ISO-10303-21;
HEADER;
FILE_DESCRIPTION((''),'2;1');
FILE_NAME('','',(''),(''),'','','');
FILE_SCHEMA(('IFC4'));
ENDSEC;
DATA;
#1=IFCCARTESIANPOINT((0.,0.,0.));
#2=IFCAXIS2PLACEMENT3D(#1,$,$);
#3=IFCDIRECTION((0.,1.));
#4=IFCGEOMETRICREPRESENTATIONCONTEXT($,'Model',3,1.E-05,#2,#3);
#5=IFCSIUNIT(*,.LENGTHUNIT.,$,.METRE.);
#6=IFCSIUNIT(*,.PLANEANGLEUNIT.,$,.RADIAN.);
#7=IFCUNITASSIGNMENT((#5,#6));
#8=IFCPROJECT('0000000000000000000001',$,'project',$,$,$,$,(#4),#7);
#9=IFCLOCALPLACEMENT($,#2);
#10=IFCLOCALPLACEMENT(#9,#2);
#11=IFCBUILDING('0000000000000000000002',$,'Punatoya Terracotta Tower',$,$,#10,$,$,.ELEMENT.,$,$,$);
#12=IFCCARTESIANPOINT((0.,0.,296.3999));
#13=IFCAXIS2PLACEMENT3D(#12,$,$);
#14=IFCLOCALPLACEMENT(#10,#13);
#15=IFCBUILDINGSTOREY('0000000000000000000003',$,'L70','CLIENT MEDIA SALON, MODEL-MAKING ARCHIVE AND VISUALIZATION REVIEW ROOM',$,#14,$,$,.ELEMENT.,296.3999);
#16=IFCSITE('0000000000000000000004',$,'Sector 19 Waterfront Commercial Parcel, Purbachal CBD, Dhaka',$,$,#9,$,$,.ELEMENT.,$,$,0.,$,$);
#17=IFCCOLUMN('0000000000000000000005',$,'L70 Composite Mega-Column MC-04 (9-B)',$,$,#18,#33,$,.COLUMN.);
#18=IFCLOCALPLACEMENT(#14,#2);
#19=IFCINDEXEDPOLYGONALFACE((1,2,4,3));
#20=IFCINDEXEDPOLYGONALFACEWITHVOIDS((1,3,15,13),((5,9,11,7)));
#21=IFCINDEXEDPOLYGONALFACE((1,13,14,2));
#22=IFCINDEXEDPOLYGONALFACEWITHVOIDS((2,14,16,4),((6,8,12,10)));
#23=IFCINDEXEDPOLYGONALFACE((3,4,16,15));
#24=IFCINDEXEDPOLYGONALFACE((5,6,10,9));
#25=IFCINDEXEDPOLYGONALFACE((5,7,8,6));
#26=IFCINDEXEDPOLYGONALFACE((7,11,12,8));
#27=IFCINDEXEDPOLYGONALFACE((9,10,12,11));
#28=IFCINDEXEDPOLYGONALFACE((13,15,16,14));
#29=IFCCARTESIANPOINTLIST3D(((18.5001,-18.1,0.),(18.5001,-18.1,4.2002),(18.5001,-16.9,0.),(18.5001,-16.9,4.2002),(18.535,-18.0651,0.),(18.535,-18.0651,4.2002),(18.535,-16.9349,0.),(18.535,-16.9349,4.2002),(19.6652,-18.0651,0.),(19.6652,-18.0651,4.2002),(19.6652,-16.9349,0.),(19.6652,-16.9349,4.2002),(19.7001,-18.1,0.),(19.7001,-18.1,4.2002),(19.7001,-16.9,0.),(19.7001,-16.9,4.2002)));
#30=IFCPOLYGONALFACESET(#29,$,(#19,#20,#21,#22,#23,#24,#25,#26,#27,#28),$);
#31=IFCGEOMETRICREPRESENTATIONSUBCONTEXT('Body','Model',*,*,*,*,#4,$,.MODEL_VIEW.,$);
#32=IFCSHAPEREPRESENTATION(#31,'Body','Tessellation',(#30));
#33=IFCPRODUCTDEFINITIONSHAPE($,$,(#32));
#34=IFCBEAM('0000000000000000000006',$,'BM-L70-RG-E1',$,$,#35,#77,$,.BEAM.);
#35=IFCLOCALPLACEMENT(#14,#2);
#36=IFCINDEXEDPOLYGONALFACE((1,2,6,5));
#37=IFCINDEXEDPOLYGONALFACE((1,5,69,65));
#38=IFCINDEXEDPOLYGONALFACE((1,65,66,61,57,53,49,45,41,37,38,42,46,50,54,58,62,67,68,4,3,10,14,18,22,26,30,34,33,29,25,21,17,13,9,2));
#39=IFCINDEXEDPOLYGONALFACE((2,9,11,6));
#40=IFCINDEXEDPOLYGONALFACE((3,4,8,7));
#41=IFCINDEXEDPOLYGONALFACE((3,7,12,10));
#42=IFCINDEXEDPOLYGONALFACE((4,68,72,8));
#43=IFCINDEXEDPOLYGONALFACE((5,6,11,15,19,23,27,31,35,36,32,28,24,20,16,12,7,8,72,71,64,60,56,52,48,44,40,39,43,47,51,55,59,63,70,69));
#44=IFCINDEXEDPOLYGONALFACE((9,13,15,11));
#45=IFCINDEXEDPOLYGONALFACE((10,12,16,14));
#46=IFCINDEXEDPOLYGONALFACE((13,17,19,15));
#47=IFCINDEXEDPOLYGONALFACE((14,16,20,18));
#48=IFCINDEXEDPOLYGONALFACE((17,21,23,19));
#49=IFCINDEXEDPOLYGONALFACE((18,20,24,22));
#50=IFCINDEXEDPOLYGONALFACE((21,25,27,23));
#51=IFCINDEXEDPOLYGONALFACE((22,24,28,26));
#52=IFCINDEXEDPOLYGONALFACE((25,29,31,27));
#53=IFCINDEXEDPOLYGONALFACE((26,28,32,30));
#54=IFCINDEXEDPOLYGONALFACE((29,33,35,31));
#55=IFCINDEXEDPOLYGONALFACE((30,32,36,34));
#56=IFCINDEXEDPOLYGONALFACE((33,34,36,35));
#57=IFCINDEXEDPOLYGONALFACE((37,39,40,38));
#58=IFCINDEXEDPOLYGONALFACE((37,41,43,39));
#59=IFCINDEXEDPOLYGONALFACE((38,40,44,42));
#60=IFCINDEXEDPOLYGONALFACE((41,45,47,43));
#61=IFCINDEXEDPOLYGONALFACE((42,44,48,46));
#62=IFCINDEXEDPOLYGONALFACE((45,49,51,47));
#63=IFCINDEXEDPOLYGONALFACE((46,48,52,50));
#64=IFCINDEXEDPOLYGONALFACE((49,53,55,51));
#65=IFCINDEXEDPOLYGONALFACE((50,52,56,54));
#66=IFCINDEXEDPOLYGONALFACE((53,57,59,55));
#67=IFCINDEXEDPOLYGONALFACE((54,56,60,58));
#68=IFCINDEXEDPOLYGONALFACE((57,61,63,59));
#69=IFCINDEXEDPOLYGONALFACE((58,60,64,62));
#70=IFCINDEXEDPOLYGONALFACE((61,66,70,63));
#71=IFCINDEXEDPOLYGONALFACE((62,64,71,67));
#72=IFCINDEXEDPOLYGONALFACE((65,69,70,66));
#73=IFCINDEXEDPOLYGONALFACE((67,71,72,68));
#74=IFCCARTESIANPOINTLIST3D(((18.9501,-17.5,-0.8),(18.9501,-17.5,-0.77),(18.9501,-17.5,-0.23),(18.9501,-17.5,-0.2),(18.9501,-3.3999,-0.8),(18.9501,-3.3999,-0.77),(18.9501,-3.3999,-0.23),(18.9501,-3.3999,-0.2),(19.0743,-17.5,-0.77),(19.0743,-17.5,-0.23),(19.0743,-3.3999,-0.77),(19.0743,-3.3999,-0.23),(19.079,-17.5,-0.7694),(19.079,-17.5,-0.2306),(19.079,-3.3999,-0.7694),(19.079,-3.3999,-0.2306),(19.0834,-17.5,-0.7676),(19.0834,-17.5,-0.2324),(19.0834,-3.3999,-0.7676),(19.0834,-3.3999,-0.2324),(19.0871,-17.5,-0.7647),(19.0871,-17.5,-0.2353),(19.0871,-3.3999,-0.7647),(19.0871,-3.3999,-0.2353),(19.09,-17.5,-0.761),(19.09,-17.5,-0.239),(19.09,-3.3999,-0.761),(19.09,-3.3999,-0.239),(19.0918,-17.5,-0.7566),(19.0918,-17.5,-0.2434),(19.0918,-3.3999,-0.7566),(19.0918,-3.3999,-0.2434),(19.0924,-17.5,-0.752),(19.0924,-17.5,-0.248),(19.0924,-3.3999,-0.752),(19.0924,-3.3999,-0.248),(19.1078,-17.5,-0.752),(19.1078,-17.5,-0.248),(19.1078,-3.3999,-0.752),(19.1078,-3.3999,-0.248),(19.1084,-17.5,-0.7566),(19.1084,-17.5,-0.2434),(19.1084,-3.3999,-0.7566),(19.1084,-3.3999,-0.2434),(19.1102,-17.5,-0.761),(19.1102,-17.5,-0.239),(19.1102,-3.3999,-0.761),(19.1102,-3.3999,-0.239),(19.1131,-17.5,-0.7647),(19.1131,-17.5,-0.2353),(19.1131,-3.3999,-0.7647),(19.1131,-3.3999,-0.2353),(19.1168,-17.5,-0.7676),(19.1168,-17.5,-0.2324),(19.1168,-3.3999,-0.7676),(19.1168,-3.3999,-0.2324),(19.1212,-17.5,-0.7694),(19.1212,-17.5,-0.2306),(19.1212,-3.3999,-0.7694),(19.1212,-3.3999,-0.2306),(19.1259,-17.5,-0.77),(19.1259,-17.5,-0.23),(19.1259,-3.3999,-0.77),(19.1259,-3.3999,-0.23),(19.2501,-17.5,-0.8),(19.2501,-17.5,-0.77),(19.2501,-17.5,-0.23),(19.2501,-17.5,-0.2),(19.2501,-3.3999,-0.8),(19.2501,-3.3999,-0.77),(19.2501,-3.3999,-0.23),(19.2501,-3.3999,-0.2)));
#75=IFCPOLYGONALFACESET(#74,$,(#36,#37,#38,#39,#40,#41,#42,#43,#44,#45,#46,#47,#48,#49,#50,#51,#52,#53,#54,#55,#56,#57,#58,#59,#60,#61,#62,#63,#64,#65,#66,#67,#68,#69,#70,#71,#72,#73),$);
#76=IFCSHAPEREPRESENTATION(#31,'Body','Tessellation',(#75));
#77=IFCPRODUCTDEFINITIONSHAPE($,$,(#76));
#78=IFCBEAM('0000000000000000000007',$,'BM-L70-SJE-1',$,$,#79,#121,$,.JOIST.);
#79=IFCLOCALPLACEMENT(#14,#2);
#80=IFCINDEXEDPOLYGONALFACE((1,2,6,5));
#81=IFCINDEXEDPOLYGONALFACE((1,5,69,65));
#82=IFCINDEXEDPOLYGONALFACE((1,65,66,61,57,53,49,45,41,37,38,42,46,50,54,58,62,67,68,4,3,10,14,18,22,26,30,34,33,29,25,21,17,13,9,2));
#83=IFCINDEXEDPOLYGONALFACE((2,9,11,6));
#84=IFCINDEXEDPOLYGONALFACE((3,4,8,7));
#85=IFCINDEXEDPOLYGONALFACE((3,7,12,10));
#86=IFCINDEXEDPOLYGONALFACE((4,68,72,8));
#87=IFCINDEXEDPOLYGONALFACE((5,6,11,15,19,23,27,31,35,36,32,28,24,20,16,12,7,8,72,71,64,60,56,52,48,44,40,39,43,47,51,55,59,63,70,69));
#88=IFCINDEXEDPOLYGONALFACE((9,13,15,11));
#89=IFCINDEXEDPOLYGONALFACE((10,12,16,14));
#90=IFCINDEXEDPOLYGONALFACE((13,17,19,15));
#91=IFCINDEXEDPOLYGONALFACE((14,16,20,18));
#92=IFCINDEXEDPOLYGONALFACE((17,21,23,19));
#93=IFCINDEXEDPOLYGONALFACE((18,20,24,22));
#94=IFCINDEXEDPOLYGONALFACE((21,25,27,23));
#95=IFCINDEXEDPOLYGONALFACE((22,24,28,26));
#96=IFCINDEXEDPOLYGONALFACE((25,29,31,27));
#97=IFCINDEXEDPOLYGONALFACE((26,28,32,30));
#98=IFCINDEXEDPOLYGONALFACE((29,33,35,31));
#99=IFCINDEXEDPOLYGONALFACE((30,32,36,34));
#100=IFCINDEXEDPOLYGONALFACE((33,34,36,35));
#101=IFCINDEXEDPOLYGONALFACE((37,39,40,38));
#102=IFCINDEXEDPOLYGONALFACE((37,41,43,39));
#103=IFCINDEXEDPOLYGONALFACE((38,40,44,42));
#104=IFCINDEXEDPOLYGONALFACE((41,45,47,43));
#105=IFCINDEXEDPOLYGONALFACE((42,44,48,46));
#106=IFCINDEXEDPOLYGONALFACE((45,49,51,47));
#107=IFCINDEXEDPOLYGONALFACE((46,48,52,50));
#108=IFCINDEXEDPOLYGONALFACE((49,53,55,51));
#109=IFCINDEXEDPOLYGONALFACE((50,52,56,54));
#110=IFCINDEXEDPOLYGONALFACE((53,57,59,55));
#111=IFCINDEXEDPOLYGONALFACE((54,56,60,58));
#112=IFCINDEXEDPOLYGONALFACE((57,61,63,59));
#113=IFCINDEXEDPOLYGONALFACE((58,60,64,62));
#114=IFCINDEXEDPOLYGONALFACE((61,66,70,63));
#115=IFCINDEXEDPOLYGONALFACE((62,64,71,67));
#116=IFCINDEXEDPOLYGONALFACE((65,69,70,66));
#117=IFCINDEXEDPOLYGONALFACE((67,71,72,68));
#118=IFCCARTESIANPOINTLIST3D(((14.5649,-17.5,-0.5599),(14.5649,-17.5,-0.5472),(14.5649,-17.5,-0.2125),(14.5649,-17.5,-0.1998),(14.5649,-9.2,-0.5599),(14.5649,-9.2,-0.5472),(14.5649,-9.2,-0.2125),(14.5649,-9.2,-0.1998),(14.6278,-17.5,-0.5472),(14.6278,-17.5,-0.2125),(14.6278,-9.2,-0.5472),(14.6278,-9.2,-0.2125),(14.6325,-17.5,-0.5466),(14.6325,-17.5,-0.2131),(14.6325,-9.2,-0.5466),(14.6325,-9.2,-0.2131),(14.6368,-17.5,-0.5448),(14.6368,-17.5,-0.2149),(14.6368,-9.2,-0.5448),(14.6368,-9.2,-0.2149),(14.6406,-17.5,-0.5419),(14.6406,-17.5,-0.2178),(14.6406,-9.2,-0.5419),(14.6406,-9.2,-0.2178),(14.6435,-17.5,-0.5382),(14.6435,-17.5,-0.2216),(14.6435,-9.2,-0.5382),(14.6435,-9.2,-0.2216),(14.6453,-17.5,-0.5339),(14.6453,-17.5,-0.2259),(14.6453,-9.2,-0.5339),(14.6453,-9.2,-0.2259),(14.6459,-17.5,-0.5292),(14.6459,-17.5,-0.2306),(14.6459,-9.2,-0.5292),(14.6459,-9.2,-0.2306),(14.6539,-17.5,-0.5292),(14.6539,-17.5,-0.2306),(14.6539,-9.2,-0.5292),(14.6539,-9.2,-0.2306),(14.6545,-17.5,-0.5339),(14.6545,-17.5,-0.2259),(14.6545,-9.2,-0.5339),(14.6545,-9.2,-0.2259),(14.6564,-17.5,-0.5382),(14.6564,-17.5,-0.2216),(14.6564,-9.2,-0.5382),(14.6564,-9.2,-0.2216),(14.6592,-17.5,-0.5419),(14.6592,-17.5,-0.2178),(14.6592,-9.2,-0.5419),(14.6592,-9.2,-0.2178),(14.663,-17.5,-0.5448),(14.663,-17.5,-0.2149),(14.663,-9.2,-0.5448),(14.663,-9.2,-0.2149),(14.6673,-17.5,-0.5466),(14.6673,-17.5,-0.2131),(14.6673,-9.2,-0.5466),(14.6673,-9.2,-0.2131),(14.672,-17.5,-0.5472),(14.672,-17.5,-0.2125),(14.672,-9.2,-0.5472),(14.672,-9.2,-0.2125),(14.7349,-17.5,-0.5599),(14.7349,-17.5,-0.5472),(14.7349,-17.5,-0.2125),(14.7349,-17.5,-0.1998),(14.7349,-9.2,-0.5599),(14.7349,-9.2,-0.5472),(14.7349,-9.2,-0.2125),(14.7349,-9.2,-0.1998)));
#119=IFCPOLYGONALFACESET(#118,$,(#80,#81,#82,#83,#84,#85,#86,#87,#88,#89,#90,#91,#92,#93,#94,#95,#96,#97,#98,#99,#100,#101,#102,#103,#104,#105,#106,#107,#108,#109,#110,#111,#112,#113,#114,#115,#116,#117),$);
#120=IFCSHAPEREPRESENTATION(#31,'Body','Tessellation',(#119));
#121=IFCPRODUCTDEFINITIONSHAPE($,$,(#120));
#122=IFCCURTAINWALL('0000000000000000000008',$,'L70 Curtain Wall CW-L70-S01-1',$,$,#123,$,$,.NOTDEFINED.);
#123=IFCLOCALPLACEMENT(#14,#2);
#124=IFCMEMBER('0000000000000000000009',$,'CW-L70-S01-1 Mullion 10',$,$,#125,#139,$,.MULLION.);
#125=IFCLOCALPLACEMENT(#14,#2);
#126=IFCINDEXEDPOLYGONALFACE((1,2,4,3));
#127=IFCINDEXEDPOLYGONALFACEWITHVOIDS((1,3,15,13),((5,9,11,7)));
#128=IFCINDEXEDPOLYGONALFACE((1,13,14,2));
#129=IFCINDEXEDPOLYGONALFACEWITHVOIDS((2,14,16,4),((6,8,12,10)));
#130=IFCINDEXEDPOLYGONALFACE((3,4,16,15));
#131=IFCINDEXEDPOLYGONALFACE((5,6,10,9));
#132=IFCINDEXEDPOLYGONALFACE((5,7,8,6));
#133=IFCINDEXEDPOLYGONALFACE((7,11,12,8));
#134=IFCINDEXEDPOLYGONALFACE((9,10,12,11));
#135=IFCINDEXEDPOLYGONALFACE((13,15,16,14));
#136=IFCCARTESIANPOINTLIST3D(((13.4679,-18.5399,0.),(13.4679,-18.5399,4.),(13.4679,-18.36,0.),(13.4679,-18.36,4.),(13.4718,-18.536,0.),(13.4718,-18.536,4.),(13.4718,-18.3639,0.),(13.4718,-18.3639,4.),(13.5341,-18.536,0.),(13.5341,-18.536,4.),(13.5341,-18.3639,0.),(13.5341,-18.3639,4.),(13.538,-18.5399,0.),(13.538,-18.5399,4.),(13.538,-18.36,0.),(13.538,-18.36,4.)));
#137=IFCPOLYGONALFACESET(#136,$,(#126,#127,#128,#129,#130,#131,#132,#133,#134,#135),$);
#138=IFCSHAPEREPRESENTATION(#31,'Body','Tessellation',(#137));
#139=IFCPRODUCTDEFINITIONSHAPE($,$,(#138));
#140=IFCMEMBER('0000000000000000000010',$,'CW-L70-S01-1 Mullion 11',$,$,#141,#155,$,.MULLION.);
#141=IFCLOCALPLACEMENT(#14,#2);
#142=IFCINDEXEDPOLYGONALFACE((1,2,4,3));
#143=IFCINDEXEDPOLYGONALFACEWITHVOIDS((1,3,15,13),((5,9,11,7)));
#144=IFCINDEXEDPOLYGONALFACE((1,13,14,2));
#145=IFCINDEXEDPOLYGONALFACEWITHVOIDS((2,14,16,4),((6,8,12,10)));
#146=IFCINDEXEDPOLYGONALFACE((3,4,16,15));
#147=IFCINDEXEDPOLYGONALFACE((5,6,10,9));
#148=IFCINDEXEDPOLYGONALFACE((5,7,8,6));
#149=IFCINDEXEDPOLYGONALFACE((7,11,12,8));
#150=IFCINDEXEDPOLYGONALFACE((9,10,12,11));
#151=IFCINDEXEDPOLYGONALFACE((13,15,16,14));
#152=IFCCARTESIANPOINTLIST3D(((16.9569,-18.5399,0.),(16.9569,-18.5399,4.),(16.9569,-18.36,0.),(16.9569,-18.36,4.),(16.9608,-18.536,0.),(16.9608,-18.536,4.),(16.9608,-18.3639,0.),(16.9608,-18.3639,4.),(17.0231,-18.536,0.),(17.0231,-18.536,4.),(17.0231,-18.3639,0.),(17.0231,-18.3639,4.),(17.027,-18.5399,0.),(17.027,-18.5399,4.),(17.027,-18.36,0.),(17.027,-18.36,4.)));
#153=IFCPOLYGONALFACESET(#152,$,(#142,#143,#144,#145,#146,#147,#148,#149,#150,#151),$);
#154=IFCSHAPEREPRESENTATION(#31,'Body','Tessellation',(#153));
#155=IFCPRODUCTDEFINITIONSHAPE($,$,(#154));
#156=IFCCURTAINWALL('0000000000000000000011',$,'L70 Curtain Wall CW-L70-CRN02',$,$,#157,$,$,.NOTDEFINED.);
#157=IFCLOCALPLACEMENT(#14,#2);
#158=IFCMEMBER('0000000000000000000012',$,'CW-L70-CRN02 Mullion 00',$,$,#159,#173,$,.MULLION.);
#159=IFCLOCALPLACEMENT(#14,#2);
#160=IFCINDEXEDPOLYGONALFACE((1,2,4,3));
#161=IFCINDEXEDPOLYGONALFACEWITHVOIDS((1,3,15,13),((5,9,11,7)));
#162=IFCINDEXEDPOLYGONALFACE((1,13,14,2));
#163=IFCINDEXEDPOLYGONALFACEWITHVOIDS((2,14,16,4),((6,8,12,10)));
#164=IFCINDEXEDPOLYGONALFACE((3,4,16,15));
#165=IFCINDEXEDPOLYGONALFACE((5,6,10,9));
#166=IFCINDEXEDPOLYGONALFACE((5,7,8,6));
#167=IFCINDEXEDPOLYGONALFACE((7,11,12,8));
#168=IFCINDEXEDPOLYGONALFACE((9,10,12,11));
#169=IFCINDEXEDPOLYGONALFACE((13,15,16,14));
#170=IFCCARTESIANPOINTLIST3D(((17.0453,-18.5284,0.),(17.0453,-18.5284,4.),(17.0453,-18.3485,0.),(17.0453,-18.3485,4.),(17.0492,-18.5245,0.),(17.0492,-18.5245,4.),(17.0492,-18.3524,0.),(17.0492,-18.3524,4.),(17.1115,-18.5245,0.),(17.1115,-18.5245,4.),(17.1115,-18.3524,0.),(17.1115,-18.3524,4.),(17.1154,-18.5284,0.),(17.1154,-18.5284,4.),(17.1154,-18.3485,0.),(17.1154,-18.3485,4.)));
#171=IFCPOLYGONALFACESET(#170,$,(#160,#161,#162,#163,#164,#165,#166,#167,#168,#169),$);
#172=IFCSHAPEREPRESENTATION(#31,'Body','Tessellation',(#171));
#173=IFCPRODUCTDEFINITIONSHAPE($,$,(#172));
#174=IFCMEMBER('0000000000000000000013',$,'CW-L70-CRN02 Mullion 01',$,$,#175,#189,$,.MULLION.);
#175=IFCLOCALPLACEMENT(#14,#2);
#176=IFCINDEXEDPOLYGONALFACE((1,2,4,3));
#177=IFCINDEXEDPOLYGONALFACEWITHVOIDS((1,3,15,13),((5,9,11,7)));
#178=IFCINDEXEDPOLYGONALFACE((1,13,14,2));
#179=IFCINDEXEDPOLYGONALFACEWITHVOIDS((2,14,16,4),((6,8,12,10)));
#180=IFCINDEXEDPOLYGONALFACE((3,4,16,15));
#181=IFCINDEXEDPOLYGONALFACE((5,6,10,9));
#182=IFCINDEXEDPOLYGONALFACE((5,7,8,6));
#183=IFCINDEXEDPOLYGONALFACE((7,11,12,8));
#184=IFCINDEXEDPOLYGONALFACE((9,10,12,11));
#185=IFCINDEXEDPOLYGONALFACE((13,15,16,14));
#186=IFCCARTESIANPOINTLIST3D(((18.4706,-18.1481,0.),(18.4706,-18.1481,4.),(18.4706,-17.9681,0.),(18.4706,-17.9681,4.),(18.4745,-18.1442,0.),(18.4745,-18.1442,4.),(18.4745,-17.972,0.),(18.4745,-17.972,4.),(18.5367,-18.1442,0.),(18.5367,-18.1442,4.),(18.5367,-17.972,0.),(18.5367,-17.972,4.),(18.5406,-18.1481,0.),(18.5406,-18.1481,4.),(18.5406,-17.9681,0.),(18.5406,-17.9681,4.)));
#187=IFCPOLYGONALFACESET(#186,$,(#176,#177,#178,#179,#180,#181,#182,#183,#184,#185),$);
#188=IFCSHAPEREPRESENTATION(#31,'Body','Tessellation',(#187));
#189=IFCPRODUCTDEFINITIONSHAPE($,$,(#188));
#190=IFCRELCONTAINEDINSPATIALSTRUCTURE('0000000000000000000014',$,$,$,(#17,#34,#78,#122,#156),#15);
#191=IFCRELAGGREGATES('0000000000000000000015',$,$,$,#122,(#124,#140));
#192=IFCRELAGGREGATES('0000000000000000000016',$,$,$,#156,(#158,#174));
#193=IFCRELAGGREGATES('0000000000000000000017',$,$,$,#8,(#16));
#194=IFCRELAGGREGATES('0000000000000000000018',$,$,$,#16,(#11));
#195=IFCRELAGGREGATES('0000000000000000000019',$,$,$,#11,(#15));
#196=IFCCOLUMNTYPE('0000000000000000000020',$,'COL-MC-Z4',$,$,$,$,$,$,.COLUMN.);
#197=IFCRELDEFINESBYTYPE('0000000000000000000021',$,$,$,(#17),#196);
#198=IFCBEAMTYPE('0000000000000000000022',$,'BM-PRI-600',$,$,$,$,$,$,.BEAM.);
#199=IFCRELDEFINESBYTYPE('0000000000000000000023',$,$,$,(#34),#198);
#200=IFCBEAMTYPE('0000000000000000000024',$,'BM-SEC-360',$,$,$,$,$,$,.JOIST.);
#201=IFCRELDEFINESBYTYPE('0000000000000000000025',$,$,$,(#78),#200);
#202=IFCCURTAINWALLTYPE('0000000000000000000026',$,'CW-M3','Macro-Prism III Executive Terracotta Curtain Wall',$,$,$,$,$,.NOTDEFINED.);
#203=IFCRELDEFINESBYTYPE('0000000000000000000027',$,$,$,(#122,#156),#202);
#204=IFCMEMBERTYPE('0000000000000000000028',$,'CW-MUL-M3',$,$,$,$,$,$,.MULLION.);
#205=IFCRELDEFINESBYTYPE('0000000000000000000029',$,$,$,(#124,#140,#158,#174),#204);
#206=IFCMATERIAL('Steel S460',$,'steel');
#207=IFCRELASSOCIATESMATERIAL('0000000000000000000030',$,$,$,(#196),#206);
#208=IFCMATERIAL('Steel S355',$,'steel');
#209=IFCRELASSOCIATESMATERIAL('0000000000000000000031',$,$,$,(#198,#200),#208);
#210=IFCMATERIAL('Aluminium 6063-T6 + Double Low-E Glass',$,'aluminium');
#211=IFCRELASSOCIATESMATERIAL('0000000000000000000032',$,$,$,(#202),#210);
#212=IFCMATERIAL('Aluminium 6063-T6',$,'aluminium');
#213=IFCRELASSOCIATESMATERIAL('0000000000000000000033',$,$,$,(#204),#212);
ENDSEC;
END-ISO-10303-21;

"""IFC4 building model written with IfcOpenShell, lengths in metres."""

from ifc_helpers import new_model, si_unit, direction, frame, origin, origin_2d, place, context, subcontext, project, spatial, hollow_rectangle, i_section, extrude, material, material_profile, profile_set, type_object, element, aggregate, save


model = new_model("IFC4")

# Units and contexts
model_context = context("Model", 3, precision=1e-05, world=origin(), true_north=direction((0.0, 1.0)))
body_context = subcontext(model_context, "Body", "Model", "MODEL_VIEW")
ifc_project = project(units=[si_unit("LENGTHUNIT", "METRE"), si_unit("PLANEANGLEUNIT", "RADIAN")], contexts=[model_context])

# Site, building, storey
site_placement = place(None, origin())
site = spatial("IfcSite", under=ifc_project, at=site_placement, Name="Sector 19 Waterfront Commercial Parcel, Purbachal CBD, Dhaka", CompositionType="ELEMENT", RefElevation=0.0)
building_placement = place(site_placement, origin())
building = spatial("IfcBuilding", under=site, at=building_placement, Name="Punatoya Terracotta Tower", CompositionType="ELEMENT")
storey_placement = place(building_placement, frame((0.0, 0.0, 296.3999)))
storey = spatial("IfcBuildingStorey", under=building, at=storey_placement, Name="L70", Description="CLIENT MEDIA SALON, MODEL-MAKING ARCHIVE AND VISUALIZATION REVIEW ROOM", CompositionType="ELEMENT", Elevation=296.3999)

# Column
ifc_material_1 = material(Name="Steel S460", Category="steel")
ifc_material_profile_1 = material_profile(ifc_material_1, hollow_rectangle(XDim=1.2, YDim=1.2, WallThickness=0.0349, at=origin_2d()))
ifc_profile_set_1 = profile_set([ifc_material_profile_1], Name="Steel S460")
column_type = type_object("IfcColumnType", Name="COL-MC-Z4", PredefinedType="COLUMN", material=ifc_profile_set_1)
column_placement = place(storey_placement, frame((19.1001, -17.5, 0.0), z_axis=(0.0, 0.0, 1.0), x_axis=(1.0, 0.0, 0.0)))
element("IfcColumn", 1, at=column_placement, inside=storey, type_object=column_type, Name="L70 Composite Mega-Column MC-04 (9-B)", PredefinedType="COLUMN", context=body_context, shape_type="SweptSolid", body=[
    extrude(hollow_rectangle(XDim=1.2, YDim=1.2, WallThickness=0.0349, at=origin_2d()), origin(), (0.0, 0.0, 1.0), 4.2002),
])

# Beams
ifc_material_2 = material(Name="Steel S355", Category="steel")
ifc_material_profile_2 = material_profile(ifc_material_2, i_section(OverallWidth=0.3, OverallDepth=0.6001, WebThickness=0.0154, FlangeThickness=0.03, FilletRadius=0.0181, at=origin_2d()))
ifc_profile_set_2 = profile_set([ifc_material_profile_2], Name="Steel S355")
beam_type_1 = type_object("IfcBeamType", Name="BM-PRI-600", PredefinedType="BEAM", material=ifc_profile_set_2)
beam_1_placement = place(storey_placement, frame((19.1001, -17.5, -0.5), z_axis=(0.0, 1.0, 0.0), x_axis=(-1.0, 0.0, 0.0)))
element("IfcBeam", 2, at=beam_1_placement, inside=storey, type_object=beam_type_1, Name="BM-L70-RG-E1", PredefinedType="BEAM", context=body_context, shape_type="SweptSolid", body=[
    extrude(i_section(OverallWidth=0.3, OverallDepth=0.6001, WebThickness=0.0154, FlangeThickness=0.03, FilletRadius=0.0181, at=origin_2d()), origin(), (0.0, 0.0, 1.0), 14.1001),
])
ifc_material_profile_3 = material_profile(ifc_material_2, i_section(OverallWidth=0.1699, OverallDepth=0.3601, WebThickness=0.0081, FlangeThickness=0.0127, FilletRadius=0.0181, at=origin_2d()))
ifc_profile_set_3 = profile_set([ifc_material_profile_3], Name="Steel S355")
beam_type_2 = type_object("IfcBeamType", Name="BM-SEC-360", PredefinedType="JOIST", material=ifc_profile_set_3)
beam_2_placement = place(storey_placement, frame((14.6499, -17.5, -0.3799), z_axis=(0.0, 1.0, 0.0), x_axis=(-1.0, 0.0, 0.0)))
element("IfcBeam", 3, at=beam_2_placement, inside=storey, type_object=beam_type_2, Name="BM-L70-SJE-1", PredefinedType="JOIST", context=body_context, shape_type="SweptSolid", body=[
    extrude(i_section(OverallWidth=0.1699, OverallDepth=0.3601, WebThickness=0.0081, FlangeThickness=0.0127, FilletRadius=0.0181, at=origin_2d()), origin(), (0.0, 0.0, 1.0), 8.3),
])

# Curtain walls, members
ifc_material_3 = material(Name="Aluminium 6063-T6 + Double Low-E Glass", Category="aluminium")
curtain_wall_type = type_object("IfcCurtainWallType", Name="CW-M3", Description="Macro-Prism III Executive Terracotta Curtain Wall", PredefinedType="NOTDEFINED", material=ifc_material_3)
curtain_wall_1_placement = place(storey_placement, origin())
curtain_wall_1 = element("IfcCurtainWall", 4, at=curtain_wall_1_placement, inside=storey, type_object=curtain_wall_type, Name="L70 Curtain Wall CW-L70-S01-1", PredefinedType="NOTDEFINED")
ifc_material_4 = material(Name="Aluminium 6063-T6", Category="aluminium")
ifc_material_profile_4 = material_profile(ifc_material_4, hollow_rectangle(XDim=0.0701, YDim=0.1799, WallThickness=0.0039, at=origin_2d()))
ifc_profile_set_4 = profile_set([ifc_material_profile_4], Name="Aluminium 6063-T6")
member_type_1 = type_object("IfcMemberType", Name="CW-MUL-M3", PredefinedType="MULLION", material=ifc_profile_set_4)
member_1_placement = place(storey_placement, frame((13.5029, -18.45, 0.0), z_axis=(0.0, 0.0, 1.0), x_axis=(1.0, 0.0, 0.0)))
member_1 = element("IfcMember", 5, at=member_1_placement, type_object=member_type_1, Name="CW-L70-S01-1 Mullion 10", PredefinedType="MULLION", context=body_context, shape_type="SweptSolid", body=[
    extrude(hollow_rectangle(XDim=0.0701, YDim=0.1799, WallThickness=0.0039, at=origin_2d()), origin(), (0.0, 0.0, 1.0), 4.0),
])
member_2_placement = place(storey_placement, frame((16.9919, -18.45, 0.0), z_axis=(0.0, 0.0, 1.0), x_axis=(1.0, 0.0, 0.0)))
member_2 = element("IfcMember", 6, at=member_2_placement, type_object=member_type_1, Name="CW-L70-S01-1 Mullion 11", PredefinedType="MULLION", context=body_context, shape_type="SweptSolid", body=[
    extrude(hollow_rectangle(XDim=0.0701, YDim=0.1799, WallThickness=0.0039, at=origin_2d()), origin(), (0.0, 0.0, 1.0), 4.0),
])
curtain_wall_2_placement = place(storey_placement, origin())
curtain_wall_2 = element("IfcCurtainWall", 7, at=curtain_wall_2_placement, inside=storey, type_object=curtain_wall_type, Name="L70 Curtain Wall CW-L70-CRN02", PredefinedType="NOTDEFINED")
member_3_placement = place(storey_placement, frame((17.0803, -18.4385, 0.0), z_axis=(0.0, 0.0, 1.0), x_axis=(1.0, 0.0, 0.0)))
member_3 = element("IfcMember", 8, at=member_3_placement, type_object=member_type_1, Name="CW-L70-CRN02 Mullion 00", PredefinedType="MULLION", context=body_context, shape_type="SweptSolid", body=[
    extrude(hollow_rectangle(XDim=0.0701, YDim=0.1799, WallThickness=0.0039, at=origin_2d()), origin(), (0.0, 0.0, 1.0), 4.0),
])
member_4_placement = place(storey_placement, frame((18.5056, -18.0581, 0.0), z_axis=(0.0, 0.0, 1.0), x_axis=(1.0, 0.0, 0.0)))
member_4 = element("IfcMember", 9, at=member_4_placement, type_object=member_type_1, Name="CW-L70-CRN02 Mullion 01", PredefinedType="MULLION", context=body_context, shape_type="SweptSolid", body=[
    extrude(hollow_rectangle(XDim=0.0701, YDim=0.1799, WallThickness=0.0039, at=origin_2d()), origin(), (0.0, 0.0, 1.0), 4.0),
])

aggregate(curtain_wall_1, [member_1, member_2])
aggregate(curtain_wall_2, [member_3, member_4])

save(model, "model.ifc")
